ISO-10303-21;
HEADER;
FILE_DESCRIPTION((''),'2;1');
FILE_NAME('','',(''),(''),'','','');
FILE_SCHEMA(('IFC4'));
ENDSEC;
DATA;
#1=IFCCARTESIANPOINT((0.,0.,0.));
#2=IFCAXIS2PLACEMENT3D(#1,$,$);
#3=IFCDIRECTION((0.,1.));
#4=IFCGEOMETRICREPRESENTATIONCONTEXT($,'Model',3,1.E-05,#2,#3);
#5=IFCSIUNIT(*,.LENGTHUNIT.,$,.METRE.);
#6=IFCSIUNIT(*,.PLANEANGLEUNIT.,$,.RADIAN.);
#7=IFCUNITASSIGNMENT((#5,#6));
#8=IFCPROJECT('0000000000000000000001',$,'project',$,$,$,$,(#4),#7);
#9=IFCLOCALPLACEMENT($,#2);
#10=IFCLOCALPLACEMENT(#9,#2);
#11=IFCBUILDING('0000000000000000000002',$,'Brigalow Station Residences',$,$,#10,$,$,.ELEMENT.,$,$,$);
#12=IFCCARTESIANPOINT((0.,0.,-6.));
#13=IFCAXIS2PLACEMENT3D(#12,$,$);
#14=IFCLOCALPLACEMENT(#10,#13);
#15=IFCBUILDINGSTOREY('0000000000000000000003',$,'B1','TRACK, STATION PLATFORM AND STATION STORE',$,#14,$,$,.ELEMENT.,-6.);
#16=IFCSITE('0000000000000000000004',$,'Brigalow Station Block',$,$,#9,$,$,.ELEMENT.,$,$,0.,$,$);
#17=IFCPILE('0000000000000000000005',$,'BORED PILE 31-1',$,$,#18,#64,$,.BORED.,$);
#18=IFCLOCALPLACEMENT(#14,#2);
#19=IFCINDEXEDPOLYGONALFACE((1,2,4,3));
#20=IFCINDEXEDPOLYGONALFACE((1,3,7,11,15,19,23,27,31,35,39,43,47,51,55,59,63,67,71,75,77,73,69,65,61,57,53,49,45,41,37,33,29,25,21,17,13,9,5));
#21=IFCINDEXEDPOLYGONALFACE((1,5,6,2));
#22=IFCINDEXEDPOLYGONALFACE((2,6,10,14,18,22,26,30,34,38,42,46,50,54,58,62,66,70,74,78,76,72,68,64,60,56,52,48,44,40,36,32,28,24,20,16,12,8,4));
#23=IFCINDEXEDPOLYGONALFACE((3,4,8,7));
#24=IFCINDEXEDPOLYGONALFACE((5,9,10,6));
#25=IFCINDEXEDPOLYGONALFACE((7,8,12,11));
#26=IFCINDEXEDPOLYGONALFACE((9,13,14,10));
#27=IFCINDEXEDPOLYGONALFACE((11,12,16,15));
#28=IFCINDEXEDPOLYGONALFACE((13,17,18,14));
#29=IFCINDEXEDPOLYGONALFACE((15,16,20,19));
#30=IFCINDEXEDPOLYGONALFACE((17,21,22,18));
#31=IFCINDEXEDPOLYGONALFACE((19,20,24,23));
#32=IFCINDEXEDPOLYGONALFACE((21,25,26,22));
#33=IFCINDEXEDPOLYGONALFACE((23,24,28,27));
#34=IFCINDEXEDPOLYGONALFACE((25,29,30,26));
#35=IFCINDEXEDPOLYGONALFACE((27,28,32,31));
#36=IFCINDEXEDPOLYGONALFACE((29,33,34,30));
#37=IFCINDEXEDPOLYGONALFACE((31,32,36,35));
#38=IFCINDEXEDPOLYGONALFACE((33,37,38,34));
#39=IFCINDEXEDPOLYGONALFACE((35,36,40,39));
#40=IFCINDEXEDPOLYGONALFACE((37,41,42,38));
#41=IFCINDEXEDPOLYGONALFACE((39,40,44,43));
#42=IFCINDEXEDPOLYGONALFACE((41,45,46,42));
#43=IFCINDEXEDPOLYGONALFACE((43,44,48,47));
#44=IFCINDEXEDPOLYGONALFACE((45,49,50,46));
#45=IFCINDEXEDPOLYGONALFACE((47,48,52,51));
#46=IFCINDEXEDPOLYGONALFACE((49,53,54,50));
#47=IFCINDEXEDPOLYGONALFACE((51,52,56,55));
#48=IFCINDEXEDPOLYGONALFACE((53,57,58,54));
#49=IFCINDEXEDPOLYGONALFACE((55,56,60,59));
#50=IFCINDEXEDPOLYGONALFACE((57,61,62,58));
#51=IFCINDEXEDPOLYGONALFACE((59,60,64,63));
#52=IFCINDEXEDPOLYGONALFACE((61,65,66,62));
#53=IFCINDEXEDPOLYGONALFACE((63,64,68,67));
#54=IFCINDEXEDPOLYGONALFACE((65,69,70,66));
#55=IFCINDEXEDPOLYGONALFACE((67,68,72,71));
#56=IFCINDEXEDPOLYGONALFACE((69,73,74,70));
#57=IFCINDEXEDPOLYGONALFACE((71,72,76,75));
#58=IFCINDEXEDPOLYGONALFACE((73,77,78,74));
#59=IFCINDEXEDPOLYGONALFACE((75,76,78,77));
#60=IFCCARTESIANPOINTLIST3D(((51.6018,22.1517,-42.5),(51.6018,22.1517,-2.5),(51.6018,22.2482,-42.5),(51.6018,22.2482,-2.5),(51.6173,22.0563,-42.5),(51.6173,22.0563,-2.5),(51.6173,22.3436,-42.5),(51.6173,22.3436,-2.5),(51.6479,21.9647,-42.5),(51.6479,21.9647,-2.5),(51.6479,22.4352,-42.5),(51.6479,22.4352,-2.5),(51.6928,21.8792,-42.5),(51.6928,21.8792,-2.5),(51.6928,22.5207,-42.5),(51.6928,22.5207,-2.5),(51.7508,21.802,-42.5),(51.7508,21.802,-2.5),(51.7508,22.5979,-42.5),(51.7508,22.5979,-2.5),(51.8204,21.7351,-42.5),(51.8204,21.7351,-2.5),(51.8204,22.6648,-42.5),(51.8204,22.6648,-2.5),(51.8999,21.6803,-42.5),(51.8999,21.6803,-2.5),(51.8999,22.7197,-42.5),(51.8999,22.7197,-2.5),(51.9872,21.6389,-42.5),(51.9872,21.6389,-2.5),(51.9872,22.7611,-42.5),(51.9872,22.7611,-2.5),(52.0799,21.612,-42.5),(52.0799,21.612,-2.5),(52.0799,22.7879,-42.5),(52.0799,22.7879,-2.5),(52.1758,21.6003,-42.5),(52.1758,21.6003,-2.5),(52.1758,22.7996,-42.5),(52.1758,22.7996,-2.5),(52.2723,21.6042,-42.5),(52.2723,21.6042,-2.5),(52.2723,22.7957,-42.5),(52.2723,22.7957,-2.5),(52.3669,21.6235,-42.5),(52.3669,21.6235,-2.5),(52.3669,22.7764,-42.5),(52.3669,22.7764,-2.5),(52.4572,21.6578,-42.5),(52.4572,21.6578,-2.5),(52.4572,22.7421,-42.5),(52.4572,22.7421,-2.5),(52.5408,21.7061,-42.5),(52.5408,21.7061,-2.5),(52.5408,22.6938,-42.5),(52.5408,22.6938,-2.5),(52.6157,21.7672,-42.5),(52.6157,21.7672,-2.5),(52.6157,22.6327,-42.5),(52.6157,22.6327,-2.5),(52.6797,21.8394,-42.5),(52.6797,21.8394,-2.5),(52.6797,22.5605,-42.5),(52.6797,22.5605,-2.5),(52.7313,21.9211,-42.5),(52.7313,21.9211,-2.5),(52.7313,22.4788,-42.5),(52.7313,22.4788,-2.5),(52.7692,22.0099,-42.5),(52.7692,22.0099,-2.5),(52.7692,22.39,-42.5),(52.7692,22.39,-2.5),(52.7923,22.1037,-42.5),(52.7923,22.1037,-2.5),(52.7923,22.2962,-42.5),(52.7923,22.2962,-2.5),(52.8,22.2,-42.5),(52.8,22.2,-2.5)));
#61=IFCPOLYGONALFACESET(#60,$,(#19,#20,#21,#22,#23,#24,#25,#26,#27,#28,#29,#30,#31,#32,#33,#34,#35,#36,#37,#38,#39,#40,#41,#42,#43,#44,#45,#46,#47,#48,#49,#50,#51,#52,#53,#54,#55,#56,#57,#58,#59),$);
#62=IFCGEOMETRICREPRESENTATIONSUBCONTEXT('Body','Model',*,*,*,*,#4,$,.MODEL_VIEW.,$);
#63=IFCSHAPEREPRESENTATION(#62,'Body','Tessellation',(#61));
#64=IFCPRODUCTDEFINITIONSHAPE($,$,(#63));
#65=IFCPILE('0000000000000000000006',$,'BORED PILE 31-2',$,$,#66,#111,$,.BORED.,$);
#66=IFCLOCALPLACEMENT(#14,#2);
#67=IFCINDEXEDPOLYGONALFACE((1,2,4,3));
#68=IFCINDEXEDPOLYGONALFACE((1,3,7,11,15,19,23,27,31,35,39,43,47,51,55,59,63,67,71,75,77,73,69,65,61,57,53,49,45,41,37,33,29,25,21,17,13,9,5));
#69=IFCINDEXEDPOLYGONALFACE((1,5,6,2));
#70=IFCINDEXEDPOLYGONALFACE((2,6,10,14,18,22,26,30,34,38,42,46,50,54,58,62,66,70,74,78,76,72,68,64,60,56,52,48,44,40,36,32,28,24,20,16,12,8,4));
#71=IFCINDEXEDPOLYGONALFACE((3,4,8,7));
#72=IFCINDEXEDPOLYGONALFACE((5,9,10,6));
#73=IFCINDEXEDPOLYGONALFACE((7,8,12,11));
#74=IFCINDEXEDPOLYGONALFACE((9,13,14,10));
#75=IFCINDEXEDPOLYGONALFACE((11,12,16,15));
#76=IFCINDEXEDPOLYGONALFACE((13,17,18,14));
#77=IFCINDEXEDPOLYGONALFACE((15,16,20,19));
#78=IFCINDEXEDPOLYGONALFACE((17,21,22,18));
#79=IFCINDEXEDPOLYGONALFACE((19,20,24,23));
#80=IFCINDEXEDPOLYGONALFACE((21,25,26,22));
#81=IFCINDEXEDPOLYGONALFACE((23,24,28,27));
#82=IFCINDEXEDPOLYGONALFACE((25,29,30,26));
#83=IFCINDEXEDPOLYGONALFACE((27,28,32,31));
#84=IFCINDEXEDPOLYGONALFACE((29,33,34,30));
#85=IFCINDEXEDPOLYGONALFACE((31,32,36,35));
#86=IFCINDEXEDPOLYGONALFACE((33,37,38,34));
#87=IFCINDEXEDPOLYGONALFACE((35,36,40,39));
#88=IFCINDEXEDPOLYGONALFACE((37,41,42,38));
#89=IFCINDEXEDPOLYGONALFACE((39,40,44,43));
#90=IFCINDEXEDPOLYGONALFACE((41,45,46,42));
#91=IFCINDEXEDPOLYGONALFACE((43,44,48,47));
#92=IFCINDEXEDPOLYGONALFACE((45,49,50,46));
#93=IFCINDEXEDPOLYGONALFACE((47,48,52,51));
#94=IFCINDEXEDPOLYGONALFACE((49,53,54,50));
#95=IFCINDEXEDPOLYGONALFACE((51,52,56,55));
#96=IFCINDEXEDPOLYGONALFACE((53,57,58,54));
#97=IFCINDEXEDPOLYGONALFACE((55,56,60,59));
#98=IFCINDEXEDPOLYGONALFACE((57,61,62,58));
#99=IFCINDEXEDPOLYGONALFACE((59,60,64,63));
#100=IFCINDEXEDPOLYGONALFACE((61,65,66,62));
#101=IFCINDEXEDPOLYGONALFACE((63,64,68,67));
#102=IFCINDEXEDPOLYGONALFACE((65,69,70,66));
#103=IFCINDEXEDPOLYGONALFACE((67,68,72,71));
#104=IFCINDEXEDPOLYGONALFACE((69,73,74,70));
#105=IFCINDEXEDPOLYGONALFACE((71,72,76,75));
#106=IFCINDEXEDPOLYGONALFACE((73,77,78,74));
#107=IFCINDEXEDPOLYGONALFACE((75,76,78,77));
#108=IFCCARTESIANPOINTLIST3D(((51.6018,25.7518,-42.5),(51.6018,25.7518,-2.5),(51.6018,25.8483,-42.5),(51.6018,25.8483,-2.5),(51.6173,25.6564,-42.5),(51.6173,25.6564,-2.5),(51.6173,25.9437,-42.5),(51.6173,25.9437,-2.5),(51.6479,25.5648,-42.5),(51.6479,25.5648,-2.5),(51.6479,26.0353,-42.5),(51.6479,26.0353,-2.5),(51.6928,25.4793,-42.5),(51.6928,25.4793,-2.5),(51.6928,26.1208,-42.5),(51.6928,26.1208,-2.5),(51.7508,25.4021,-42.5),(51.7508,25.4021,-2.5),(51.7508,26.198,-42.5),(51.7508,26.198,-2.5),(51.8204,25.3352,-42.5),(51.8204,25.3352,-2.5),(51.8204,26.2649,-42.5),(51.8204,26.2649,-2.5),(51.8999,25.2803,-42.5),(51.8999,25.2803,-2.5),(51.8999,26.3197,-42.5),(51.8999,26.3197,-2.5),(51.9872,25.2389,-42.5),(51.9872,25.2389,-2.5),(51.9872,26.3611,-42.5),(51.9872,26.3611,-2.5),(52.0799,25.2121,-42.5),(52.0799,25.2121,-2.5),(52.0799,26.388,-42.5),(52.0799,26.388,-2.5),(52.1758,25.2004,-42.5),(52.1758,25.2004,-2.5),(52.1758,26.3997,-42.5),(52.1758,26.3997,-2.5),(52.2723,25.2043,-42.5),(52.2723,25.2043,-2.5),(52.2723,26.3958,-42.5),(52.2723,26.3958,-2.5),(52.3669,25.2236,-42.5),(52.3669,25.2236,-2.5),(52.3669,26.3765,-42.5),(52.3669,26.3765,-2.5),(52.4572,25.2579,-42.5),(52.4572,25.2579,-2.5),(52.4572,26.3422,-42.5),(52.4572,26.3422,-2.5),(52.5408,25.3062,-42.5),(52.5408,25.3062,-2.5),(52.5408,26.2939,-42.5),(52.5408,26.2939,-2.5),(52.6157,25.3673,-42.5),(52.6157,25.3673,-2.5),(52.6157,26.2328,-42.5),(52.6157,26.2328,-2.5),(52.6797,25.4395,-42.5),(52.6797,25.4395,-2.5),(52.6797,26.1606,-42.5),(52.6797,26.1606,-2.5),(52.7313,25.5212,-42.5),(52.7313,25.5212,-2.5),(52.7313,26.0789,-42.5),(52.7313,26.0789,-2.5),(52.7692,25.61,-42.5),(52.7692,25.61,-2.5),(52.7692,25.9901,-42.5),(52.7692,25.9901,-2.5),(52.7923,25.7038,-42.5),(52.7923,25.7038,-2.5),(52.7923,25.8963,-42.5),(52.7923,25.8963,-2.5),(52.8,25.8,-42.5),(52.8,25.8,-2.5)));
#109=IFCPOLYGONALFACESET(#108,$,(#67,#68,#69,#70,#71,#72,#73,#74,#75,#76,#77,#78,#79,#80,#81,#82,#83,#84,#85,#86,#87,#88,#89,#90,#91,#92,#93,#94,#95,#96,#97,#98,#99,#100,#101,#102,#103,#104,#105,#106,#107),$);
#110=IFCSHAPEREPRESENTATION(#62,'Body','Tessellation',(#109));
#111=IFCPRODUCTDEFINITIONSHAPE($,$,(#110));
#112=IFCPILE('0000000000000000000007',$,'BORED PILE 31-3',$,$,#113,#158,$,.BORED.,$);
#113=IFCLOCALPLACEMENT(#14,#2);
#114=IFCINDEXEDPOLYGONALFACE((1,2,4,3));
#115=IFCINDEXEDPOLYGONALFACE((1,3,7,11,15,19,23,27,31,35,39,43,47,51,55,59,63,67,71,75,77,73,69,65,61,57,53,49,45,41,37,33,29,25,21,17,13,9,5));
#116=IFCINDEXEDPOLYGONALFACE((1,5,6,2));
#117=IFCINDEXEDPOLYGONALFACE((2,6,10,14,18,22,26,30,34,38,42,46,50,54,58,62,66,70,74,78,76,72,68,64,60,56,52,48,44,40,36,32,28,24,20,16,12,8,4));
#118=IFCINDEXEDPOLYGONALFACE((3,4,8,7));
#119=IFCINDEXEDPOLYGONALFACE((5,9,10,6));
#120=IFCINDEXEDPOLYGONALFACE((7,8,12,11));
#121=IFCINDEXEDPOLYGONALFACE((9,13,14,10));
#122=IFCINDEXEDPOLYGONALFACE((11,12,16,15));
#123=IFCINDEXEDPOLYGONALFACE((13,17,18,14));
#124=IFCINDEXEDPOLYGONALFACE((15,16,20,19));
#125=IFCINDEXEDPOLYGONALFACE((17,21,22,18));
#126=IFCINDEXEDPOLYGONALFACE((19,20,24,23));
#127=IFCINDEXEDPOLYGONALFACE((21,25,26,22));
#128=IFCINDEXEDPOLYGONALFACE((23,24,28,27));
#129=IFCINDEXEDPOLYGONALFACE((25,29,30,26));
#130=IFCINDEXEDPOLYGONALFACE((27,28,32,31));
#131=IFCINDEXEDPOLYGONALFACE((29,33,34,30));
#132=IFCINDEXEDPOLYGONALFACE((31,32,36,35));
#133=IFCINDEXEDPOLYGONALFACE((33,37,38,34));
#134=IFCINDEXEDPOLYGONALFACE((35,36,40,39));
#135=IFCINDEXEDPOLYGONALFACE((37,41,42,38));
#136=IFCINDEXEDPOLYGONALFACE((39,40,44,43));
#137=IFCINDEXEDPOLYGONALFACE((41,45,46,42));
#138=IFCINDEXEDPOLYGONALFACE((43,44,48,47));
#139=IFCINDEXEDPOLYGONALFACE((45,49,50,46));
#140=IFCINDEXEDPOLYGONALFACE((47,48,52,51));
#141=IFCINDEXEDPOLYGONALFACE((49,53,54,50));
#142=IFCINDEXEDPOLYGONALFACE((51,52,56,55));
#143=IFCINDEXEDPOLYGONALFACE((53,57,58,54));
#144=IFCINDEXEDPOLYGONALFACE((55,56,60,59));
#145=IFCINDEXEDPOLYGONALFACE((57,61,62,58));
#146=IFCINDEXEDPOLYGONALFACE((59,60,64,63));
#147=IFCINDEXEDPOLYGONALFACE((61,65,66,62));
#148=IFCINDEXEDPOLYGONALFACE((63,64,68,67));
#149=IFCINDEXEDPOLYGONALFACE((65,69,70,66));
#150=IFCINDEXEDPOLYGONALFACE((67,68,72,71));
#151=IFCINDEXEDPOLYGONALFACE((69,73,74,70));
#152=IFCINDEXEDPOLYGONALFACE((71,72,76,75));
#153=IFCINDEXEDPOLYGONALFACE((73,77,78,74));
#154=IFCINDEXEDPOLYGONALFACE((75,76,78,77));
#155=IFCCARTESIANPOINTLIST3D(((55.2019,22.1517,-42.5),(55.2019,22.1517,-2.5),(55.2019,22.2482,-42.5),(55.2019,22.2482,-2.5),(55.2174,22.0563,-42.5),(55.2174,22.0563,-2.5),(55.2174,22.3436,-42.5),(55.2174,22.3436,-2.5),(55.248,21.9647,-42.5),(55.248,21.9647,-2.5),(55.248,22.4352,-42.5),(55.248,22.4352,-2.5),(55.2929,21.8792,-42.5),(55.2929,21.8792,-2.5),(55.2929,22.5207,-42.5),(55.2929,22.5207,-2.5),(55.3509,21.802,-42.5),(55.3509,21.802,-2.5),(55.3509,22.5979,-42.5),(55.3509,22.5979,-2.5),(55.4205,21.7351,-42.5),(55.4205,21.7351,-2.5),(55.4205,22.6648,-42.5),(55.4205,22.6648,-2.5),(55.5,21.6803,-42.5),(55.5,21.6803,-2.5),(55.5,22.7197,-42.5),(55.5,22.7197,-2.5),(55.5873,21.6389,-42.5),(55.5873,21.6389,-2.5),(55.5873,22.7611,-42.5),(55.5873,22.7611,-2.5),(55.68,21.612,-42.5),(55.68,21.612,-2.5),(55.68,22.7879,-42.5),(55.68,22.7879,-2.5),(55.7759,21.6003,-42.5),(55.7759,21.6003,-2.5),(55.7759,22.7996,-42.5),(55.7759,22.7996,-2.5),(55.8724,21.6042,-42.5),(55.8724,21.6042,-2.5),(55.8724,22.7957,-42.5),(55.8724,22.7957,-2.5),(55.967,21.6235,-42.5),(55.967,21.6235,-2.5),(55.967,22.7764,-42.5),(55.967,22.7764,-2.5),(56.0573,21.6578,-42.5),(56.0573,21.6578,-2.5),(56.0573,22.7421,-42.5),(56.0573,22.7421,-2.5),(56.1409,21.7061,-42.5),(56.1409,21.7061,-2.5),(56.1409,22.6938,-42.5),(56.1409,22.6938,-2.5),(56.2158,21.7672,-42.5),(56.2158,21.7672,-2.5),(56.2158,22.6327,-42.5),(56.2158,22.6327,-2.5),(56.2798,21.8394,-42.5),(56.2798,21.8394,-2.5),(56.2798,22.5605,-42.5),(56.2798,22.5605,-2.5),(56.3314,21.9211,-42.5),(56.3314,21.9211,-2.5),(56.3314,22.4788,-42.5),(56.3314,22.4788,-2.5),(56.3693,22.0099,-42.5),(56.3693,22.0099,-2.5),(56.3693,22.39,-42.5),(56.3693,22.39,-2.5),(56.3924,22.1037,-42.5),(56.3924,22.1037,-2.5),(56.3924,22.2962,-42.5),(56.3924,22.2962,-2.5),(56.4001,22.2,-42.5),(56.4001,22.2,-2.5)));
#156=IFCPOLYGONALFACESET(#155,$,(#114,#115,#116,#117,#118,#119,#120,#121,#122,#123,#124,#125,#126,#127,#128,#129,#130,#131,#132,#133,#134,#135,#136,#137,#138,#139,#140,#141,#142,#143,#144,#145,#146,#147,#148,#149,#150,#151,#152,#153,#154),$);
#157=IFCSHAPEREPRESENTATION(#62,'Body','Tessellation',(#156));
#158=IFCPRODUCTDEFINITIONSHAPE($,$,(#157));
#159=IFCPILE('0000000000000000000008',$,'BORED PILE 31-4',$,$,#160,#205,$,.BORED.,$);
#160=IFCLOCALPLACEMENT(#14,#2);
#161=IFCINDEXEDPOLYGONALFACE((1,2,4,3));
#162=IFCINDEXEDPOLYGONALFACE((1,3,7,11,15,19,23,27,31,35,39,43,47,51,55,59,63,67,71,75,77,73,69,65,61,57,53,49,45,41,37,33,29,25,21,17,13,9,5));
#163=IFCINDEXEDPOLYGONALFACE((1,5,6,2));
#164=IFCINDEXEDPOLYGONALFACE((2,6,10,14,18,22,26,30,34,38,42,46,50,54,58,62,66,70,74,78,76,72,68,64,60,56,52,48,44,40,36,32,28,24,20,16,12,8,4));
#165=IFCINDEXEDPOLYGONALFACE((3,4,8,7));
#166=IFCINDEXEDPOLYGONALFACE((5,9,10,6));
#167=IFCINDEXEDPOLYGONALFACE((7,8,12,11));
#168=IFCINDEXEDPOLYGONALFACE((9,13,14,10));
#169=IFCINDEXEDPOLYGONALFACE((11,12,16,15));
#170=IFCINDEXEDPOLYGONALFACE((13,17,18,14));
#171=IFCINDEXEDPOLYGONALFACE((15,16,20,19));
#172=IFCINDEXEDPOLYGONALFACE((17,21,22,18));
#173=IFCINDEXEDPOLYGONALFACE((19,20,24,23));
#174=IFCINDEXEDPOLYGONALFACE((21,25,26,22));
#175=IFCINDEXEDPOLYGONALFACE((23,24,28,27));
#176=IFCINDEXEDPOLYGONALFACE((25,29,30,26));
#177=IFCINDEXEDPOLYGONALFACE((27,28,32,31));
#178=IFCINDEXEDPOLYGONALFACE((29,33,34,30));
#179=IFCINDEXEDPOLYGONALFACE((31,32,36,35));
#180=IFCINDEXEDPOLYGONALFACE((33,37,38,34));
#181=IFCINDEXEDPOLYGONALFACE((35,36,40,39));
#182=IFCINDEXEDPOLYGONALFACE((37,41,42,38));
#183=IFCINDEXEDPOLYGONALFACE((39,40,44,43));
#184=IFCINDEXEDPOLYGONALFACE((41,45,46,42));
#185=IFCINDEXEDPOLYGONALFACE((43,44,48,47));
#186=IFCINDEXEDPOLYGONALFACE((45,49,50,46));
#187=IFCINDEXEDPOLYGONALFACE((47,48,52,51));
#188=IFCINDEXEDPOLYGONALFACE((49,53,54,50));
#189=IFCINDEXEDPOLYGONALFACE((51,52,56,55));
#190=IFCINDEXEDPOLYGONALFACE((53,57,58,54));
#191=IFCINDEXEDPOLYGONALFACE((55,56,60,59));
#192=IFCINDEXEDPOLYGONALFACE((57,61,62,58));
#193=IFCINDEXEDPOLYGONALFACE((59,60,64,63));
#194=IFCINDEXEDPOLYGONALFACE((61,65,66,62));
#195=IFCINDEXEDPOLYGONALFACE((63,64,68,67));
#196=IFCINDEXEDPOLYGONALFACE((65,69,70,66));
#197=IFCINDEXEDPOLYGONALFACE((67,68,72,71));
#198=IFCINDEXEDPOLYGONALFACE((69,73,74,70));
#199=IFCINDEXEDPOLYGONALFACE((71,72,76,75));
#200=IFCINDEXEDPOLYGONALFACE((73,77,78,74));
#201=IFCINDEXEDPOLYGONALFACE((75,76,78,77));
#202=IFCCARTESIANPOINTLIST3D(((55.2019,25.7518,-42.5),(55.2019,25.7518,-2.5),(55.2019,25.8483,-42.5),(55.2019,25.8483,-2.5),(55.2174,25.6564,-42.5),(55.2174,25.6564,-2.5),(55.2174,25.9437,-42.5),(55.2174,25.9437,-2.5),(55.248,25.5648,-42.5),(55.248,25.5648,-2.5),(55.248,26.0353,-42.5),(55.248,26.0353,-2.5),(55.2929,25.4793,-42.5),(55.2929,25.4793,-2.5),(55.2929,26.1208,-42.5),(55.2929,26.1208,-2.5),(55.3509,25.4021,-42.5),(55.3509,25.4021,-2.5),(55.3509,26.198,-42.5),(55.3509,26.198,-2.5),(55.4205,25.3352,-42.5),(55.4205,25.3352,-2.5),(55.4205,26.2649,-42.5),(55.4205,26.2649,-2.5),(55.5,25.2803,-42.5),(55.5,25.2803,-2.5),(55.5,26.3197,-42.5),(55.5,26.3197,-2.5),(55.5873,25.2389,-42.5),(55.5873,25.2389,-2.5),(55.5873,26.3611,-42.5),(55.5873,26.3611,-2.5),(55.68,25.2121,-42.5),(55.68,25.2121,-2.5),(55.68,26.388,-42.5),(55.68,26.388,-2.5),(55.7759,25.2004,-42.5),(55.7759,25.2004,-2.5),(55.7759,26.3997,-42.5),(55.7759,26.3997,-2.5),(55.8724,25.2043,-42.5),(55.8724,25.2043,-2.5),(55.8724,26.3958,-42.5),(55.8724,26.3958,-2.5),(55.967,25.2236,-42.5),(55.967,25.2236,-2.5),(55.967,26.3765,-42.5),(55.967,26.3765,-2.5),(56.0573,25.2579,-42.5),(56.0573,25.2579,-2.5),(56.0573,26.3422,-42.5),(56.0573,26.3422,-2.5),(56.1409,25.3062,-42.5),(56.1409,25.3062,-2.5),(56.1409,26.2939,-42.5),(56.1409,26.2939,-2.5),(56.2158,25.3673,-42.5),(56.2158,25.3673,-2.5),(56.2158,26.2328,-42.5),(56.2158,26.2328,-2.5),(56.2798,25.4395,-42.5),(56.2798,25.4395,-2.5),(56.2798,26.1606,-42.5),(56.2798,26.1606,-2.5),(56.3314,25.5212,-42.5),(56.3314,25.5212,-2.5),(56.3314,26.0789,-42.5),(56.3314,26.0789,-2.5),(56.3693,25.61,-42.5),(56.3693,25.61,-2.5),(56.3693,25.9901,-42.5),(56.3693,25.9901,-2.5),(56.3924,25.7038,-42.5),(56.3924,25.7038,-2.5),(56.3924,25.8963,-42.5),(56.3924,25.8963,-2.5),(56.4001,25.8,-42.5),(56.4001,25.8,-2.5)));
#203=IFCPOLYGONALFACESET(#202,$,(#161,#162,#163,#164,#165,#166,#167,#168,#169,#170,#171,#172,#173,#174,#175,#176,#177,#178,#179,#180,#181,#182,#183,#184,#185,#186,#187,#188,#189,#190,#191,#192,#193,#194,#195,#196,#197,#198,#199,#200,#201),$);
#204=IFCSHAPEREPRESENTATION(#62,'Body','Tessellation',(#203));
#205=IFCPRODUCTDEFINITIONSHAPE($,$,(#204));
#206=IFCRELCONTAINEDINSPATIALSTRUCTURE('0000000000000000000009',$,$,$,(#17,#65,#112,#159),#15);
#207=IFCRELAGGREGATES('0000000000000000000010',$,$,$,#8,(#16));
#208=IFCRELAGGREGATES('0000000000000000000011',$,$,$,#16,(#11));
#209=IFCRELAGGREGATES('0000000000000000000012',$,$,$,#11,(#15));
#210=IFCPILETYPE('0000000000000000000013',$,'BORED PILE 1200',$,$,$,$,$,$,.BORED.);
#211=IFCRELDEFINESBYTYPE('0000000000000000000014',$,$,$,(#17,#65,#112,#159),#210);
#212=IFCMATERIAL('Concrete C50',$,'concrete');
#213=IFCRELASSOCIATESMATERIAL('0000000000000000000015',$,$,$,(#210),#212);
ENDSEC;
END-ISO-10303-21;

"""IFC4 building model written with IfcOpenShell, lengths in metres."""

from ifc_helpers import new_model, si_unit, direction, frame, origin, origin_2d, place, context, subcontext, project, spatial, circle, extrude, material, material_profile, profile_set, type_object, element, save


model = new_model("IFC4")

# Units and contexts
model_context = context("Model", 3, precision=1e-05, world=origin(), true_north=direction((0.0, 1.0)))
body_context = subcontext(model_context, "Body", "Model", "MODEL_VIEW")
ifc_project = project(units=[si_unit("LENGTHUNIT", "METRE"), si_unit("PLANEANGLEUNIT", "RADIAN")], contexts=[model_context])

# Site, building, storey
site_placement = place(None, origin())
site = spatial("IfcSite", under=ifc_project, at=site_placement, Name="Brigalow Station Block", CompositionType="ELEMENT", RefElevation=0.0)
building_placement = place(site_placement, origin())
building = spatial("IfcBuilding", under=site, at=building_placement, Name="Brigalow Station Residences", CompositionType="ELEMENT")
storey_placement = place(building_placement, frame((0.0, 0.0, -6.0)))
storey = spatial("IfcBuildingStorey", under=building, at=storey_placement, Name="B1", Description="TRACK, STATION PLATFORM AND STATION STORE", CompositionType="ELEMENT", Elevation=-6.0)

# Piles
ifc_material_1 = material(Name="Concrete C50", Category="concrete")
ifc_material_profile_1 = material_profile(ifc_material_1, circle(Radius=0.6001, at=origin_2d()), Name="BP1200")
ifc_profile_set_1 = profile_set([ifc_material_profile_1], Name="Concrete C50")
pile_type = type_object("IfcPileType", Name="BORED PILE 1200", PredefinedType="BORED", material=ifc_profile_set_1)
for number, where, z_axis, x_axis, name in (
    (1, (52.2, 22.2, -2.5), (0.0, 0.0, -1.0), (1.0, 0.0, 0.0), "BORED PILE 31-1"),
    (2, (52.2, 25.8, -2.5), (0.0, 0.0, -1.0), (1.0, 0.0, 0.0), "BORED PILE 31-2"),
    (3, (55.8, 22.2, -2.5), (0.0, 0.0, -1.0), (1.0, 0.0, 0.0), "BORED PILE 31-3"),
    (4, (55.8, 25.8, -2.5), (0.0, 0.0, -1.0), (1.0, 0.0, 0.0), "BORED PILE 31-4"),
):
    element("IfcPile", number, at=place(storey_placement, frame(where, z_axis=z_axis, x_axis=x_axis)), inside=storey, type_object=pile_type, Name=name, PredefinedType="BORED", context=body_context, shape_type="SweptSolid", body=[
        extrude(circle(Radius=0.6001, at=origin_2d()), origin(), (0.0, 0.0, 1.0), 40.0),
    ])

save(model, "model.ifc")
